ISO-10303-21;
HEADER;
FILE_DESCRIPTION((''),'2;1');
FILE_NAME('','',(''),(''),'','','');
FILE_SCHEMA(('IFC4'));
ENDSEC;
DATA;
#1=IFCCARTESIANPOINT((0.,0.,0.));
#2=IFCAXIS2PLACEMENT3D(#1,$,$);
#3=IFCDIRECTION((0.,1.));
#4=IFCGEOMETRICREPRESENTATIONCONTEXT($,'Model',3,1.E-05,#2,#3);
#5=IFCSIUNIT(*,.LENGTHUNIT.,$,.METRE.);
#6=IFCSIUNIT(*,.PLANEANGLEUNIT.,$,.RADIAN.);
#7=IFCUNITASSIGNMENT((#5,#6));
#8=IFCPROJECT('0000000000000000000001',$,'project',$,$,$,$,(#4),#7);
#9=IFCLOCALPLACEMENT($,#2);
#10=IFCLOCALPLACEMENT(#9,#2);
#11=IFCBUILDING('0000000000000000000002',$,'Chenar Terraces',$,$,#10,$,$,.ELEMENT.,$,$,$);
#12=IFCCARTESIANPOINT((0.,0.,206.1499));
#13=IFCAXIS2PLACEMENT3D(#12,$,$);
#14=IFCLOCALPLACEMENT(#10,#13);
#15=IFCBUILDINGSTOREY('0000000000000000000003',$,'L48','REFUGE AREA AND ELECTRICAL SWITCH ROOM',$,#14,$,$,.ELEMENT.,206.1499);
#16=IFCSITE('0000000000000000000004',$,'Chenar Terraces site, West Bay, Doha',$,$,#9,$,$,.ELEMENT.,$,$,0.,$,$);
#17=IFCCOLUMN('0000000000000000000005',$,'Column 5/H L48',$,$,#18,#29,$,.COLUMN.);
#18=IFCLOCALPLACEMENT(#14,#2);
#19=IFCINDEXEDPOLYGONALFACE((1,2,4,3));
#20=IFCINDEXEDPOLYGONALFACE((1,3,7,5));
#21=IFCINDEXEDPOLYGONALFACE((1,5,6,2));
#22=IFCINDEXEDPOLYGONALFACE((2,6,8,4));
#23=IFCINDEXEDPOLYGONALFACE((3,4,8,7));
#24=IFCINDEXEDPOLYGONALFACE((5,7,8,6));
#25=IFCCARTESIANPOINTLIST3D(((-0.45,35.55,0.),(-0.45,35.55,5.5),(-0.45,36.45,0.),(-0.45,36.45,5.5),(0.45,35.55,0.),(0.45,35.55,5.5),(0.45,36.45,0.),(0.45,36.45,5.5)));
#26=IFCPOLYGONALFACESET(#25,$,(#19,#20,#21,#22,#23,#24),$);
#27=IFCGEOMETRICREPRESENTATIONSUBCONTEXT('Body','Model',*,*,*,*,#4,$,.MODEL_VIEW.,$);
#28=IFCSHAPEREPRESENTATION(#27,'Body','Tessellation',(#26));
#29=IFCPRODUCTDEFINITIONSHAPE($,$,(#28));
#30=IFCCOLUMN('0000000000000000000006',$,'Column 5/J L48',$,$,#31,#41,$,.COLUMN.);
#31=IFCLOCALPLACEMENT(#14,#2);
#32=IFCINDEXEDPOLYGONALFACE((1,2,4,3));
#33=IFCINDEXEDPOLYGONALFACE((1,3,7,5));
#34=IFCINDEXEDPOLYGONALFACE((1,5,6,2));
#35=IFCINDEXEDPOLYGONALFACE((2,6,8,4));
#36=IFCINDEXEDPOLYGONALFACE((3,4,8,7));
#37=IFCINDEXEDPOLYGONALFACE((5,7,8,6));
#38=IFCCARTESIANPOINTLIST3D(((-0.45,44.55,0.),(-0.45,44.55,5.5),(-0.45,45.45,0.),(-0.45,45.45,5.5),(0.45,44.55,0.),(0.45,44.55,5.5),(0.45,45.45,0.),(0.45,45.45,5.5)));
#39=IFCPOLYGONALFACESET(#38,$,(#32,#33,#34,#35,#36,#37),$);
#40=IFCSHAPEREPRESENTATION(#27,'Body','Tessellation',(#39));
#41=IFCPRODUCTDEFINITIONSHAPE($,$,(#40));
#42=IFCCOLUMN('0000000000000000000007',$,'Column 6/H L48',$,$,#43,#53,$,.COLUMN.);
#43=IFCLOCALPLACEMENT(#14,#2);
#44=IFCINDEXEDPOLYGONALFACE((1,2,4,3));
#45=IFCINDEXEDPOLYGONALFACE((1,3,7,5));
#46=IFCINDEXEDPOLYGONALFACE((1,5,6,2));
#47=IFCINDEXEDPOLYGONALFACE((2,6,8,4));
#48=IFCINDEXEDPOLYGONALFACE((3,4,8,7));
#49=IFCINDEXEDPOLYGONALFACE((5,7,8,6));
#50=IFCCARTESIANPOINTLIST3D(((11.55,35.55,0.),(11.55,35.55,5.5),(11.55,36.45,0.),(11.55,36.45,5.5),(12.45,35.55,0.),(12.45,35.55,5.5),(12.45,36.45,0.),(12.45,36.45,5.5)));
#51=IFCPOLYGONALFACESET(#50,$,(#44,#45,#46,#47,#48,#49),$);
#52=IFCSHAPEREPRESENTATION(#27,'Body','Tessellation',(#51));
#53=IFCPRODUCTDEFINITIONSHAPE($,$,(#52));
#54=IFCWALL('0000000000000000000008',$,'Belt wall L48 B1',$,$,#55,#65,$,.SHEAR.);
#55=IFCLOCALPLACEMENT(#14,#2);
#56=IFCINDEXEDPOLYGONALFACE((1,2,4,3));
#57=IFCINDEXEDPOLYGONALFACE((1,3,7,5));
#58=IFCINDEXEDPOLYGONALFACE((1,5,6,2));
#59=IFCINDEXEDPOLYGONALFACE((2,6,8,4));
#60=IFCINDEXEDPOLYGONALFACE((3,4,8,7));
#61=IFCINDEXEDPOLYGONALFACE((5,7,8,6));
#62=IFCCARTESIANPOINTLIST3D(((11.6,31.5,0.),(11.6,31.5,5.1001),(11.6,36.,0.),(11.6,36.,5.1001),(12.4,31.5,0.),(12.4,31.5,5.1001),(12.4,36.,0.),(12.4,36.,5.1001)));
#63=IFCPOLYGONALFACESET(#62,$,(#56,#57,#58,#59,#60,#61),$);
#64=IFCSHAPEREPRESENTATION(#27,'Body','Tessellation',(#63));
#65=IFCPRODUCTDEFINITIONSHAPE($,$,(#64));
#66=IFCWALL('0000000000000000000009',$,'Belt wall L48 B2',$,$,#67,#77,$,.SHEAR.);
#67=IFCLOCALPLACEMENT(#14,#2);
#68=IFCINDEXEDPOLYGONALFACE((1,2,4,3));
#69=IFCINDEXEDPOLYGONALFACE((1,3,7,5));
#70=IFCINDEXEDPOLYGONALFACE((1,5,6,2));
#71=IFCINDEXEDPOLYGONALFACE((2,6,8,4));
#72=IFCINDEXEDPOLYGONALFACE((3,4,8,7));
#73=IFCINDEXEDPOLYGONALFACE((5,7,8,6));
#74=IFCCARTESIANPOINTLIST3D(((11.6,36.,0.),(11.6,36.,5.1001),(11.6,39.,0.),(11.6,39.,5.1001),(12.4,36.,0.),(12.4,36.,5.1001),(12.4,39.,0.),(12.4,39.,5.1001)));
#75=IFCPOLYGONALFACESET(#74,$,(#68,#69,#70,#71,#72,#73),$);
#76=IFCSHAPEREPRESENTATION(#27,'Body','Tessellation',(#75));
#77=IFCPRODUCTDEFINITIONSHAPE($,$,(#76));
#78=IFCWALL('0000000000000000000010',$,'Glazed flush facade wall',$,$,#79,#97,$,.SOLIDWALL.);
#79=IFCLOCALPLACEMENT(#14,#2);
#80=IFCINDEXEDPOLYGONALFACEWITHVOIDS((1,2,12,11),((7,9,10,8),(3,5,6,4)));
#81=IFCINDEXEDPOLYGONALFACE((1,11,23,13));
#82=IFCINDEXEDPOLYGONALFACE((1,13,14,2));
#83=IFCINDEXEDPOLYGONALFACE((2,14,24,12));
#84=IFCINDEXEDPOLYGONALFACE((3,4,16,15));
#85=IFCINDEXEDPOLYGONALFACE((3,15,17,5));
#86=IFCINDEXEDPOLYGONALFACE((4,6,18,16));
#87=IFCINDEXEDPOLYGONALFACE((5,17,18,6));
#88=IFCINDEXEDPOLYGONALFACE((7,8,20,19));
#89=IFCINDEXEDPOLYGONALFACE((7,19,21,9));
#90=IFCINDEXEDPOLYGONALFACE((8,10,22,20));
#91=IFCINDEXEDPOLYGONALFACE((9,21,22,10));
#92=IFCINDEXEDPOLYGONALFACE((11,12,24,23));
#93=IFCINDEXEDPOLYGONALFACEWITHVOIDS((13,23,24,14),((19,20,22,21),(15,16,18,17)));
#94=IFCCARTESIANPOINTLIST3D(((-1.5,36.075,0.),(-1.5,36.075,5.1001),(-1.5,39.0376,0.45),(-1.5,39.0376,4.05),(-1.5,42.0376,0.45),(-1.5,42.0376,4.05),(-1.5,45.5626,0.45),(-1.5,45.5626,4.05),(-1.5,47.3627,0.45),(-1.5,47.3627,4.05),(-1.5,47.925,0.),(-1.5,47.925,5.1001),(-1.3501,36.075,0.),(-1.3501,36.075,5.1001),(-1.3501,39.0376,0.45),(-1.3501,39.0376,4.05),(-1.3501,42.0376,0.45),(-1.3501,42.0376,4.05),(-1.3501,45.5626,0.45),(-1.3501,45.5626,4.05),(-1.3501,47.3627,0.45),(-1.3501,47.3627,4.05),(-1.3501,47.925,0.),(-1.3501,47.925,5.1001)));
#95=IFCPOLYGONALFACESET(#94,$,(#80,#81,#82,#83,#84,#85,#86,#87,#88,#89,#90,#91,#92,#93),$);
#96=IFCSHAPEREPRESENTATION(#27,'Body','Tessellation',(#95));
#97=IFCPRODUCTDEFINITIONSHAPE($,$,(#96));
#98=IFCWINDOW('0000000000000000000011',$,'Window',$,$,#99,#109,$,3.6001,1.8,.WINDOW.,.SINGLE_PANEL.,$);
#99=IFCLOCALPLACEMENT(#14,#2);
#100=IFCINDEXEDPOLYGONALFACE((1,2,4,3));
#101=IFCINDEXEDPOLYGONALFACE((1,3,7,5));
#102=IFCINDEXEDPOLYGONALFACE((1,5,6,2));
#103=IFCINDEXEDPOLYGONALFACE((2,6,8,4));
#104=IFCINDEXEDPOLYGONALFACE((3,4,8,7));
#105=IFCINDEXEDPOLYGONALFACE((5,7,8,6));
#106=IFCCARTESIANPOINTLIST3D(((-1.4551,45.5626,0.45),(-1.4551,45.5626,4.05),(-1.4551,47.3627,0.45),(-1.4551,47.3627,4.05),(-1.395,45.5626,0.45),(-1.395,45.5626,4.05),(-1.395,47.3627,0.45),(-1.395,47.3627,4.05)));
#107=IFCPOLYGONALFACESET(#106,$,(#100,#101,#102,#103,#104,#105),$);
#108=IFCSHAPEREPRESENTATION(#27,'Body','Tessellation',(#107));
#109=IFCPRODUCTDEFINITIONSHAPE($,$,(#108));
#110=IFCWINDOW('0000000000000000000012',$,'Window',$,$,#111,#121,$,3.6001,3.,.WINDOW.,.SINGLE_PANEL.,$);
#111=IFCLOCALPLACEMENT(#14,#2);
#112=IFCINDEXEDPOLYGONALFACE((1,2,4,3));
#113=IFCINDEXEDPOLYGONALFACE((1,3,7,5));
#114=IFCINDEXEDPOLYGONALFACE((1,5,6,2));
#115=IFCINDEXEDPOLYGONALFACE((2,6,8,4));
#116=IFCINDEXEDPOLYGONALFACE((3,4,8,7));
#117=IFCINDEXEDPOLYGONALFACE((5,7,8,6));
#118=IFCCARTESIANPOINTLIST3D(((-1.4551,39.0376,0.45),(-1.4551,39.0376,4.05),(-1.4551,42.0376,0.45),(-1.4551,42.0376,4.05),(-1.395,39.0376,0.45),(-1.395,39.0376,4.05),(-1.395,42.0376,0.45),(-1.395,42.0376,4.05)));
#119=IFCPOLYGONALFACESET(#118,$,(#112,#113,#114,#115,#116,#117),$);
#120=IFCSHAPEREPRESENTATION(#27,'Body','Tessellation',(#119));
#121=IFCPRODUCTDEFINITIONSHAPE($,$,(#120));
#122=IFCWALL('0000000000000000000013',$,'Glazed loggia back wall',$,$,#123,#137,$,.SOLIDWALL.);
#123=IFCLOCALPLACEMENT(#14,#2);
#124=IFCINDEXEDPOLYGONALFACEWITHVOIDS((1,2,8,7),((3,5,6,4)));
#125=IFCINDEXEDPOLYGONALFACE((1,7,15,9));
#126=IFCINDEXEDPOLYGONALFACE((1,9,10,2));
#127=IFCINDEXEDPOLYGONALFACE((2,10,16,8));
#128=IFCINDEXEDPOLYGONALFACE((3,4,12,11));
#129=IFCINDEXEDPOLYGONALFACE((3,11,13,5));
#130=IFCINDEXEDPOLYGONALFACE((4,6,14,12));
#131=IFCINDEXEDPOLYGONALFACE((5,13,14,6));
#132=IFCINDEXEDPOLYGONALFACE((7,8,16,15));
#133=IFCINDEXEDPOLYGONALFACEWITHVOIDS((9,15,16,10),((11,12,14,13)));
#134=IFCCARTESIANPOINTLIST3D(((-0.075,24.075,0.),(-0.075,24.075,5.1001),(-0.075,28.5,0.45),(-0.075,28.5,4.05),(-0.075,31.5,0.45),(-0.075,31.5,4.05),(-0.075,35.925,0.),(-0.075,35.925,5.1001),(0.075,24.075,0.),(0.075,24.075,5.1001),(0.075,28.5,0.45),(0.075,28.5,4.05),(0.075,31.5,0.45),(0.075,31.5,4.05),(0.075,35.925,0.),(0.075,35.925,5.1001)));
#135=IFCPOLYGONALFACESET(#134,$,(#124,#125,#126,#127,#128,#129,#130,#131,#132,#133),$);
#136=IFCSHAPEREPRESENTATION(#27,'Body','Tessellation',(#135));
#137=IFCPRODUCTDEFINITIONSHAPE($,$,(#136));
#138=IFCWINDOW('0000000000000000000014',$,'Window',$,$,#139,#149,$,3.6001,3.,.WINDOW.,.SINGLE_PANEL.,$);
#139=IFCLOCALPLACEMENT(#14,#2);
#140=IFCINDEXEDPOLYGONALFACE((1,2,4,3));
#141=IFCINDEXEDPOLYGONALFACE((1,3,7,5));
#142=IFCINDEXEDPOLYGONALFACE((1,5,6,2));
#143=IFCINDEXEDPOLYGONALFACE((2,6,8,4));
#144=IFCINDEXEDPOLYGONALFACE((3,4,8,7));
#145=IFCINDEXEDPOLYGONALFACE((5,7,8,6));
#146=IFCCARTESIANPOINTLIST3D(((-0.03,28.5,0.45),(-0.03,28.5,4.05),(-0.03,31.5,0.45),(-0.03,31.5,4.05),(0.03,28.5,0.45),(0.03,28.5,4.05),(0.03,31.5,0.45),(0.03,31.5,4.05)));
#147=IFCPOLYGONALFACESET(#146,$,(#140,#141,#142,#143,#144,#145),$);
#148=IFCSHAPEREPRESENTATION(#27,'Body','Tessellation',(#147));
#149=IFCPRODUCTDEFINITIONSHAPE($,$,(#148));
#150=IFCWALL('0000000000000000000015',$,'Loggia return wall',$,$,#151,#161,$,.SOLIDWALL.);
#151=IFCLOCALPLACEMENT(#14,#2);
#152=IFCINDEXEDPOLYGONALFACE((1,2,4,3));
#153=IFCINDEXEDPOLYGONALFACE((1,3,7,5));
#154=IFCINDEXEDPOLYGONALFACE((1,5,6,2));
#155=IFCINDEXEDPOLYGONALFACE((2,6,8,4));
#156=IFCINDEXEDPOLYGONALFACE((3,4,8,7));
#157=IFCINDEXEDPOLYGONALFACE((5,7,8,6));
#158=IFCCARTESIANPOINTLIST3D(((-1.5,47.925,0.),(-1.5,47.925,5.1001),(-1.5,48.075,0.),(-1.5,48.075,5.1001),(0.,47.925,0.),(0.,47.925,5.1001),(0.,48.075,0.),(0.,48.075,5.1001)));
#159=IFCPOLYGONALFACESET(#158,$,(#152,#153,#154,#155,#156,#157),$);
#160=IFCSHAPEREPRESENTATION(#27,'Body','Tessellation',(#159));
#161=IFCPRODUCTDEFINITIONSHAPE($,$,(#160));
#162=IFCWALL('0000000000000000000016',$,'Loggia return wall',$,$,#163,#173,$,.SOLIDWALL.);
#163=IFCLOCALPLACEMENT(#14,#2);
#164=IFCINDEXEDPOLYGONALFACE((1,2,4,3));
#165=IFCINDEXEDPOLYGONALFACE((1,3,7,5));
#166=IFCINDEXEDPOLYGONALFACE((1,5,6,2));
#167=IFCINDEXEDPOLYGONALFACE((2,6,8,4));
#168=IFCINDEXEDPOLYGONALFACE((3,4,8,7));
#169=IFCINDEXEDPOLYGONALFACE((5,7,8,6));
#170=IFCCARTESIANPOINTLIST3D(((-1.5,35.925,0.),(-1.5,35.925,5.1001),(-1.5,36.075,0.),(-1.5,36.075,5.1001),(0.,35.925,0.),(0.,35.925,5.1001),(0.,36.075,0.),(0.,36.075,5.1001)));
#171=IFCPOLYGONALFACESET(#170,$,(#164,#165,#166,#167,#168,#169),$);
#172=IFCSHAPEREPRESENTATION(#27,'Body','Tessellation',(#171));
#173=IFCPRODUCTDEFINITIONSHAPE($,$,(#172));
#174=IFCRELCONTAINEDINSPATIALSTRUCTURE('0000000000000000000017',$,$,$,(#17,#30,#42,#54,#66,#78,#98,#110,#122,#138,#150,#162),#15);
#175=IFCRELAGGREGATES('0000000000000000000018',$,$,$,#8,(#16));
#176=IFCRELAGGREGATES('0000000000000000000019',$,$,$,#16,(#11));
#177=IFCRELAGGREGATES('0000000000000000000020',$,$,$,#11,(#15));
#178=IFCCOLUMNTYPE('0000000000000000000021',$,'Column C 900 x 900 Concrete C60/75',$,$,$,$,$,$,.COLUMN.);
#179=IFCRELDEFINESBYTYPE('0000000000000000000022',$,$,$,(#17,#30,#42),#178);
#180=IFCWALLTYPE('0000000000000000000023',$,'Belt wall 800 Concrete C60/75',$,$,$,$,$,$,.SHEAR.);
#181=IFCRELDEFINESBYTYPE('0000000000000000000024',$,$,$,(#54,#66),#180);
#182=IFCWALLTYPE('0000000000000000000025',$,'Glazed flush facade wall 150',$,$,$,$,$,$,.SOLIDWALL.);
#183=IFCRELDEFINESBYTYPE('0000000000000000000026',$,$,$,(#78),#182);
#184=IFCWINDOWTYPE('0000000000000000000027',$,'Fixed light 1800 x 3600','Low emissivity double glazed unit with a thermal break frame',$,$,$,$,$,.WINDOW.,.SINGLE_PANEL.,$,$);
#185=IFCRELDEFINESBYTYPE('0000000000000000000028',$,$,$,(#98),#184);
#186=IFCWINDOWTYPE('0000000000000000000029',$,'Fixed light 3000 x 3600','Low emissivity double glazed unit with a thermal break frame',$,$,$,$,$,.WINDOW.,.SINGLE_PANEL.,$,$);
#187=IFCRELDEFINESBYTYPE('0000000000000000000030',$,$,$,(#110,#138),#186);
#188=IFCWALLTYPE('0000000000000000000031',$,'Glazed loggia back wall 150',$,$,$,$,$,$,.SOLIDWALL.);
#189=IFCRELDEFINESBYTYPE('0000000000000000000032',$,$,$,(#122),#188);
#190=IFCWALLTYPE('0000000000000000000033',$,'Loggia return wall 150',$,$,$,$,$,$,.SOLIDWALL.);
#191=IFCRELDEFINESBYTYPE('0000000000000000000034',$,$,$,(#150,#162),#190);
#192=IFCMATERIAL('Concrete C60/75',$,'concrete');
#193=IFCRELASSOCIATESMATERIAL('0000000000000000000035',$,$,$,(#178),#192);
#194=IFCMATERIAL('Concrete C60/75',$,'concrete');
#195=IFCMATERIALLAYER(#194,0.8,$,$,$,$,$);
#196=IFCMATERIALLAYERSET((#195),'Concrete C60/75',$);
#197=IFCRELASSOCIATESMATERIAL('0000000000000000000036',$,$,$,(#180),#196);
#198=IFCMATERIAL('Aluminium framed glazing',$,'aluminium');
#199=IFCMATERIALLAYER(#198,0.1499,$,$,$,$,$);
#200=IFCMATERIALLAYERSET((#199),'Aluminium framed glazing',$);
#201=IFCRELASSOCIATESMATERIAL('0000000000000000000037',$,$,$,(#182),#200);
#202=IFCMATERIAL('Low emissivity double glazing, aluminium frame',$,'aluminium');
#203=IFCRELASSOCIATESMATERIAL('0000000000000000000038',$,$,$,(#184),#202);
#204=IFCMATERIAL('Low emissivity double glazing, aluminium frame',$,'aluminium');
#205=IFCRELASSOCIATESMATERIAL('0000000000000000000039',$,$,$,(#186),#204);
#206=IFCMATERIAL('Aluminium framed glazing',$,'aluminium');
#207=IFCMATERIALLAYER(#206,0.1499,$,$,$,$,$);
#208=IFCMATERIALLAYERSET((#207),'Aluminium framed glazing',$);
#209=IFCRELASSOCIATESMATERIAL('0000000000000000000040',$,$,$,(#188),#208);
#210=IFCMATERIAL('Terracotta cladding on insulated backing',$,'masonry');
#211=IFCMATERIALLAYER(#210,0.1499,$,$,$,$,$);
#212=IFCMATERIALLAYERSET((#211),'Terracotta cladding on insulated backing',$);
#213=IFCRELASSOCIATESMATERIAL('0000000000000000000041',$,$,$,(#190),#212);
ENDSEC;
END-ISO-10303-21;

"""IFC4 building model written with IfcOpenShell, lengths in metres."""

from ifc_helpers import new_model, si_unit, direction, frame, frame_2d, origin, origin_2d, place, context, subcontext, project, spatial, rectangle, extrude, material, layer, layer_set, material_profile, profile_set, type_object, element, fill, save


model = new_model("IFC4")

# Units and contexts
model_context = context("Model", 3, precision=1e-05, world=origin(), true_north=direction((0.0, 1.0)))
body_context = subcontext(model_context, "Body", "Model", "MODEL_VIEW")
ifc_project = project(units=[si_unit("LENGTHUNIT", "METRE"), si_unit("PLANEANGLEUNIT", "RADIAN")], contexts=[model_context])

# Site, building, storey
site_placement = place(None, origin())
site = spatial("IfcSite", under=ifc_project, at=site_placement, Name="Chenar Terraces site, West Bay, Doha", CompositionType="ELEMENT", RefElevation=0.0)
building_placement = place(site_placement, origin())
building = spatial("IfcBuilding", under=site, at=building_placement, Name="Chenar Terraces", CompositionType="ELEMENT")
storey_placement = place(building_placement, frame((0.0, 0.0, 206.1499)))
storey = spatial("IfcBuildingStorey", under=building, at=storey_placement, Name="L48", Description="REFUGE AREA AND ELECTRICAL SWITCH ROOM", CompositionType="ELEMENT", Elevation=206.1499)

# Columns
ifc_material_1 = material(Name="Concrete C60/75", Category="concrete")
ifc_material_profile_1 = material_profile(ifc_material_1, rectangle(XDim=0.8999, YDim=0.8999, at=origin_2d()), Name="C 900 x 900")
ifc_profile_set_1 = profile_set([ifc_material_profile_1], Name="Concrete C60/75")
column_type = type_object("IfcColumnType", Name="Column C 900 x 900 Concrete C60/75", PredefinedType="COLUMN", material=ifc_profile_set_1)
placement_1 = place(storey_placement, frame((0.0, 36.0, 0.0), z_axis=(0.0, 0.0, 1.0), x_axis=(1.0, 0.0, 0.0)))
element("IfcColumn", 1, at=placement_1, inside=storey, type_object=column_type, Name="Column 5/H L48", PredefinedType="COLUMN", context=body_context, shape_type="SweptSolid", body=[
    extrude(rectangle(XDim=0.8999, YDim=0.8999, at=origin_2d()), origin(), (0.0, 0.0, 1.0), 5.5),
])
placement_2 = place(storey_placement, frame((0.0, 45.0, 0.0), z_axis=(0.0, 0.0, 1.0), x_axis=(1.0, 0.0, 0.0)))
element("IfcColumn", 2, at=placement_2, inside=storey, type_object=column_type, Name="Column 5/J L48", PredefinedType="COLUMN", context=body_context, shape_type="SweptSolid", body=[
    extrude(rectangle(XDim=0.8999, YDim=0.8999, at=origin_2d()), origin(), (0.0, 0.0, 1.0), 5.5),
])
column_1_placement = place(storey_placement, frame((12.0, 36.0, 0.0), z_axis=(0.0, 0.0, 1.0), x_axis=(1.0, 0.0, 0.0)))
element("IfcColumn", 3, at=column_1_placement, inside=storey, type_object=column_type, Name="Column 6/H L48", PredefinedType="COLUMN", context=body_context, shape_type="SweptSolid", body=[
    extrude(rectangle(XDim=0.8999, YDim=0.8999, at=origin_2d()), origin(), (0.0, 0.0, 1.0), 5.5),
])

# Walls
ifc_material_2 = material(Name="Concrete C60/75", Category="concrete")
ifc_layer_1 = layer(ifc_material_2, 0.8)
ifc_layer_set_1 = layer_set([ifc_layer_1], Name="Concrete C60/75")
wall_type_1 = type_object("IfcWallType", Name="Belt wall 800 Concrete C60/75", PredefinedType="SHEAR", material=ifc_layer_set_1)
wall_1_placement = place(storey_placement, frame((12.0, 31.5, 0.0), z_axis=(0.0, 0.0, 1.0), x_axis=(0.0, 1.0, 0.0)))
element("IfcWall", 4, at=wall_1_placement, inside=storey, type_object=wall_type_1, Name="Belt wall L48 B1", PredefinedType="SHEAR", context=body_context, shape_type="SweptSolid", body=[
    extrude(rectangle(XDim=4.5, YDim=0.8, at=frame_2d((2.25, 0.0))), origin(), (0.0, 0.0, 1.0), 5.1001),
])
wall_2_placement = place(storey_placement, frame((12.0, 36.0, 0.0), z_axis=(0.0, 0.0, 1.0), x_axis=(0.0, 1.0, 0.0)))
element("IfcWall", 5, at=wall_2_placement, inside=storey, type_object=wall_type_1, Name="Belt wall L48 B2", PredefinedType="SHEAR", context=body_context, shape_type="SweptSolid", body=[
    extrude(rectangle(XDim=3.0, YDim=0.8, at=frame_2d((1.5, 0.0))), origin(), (0.0, 0.0, 1.0), 5.1001),
])

# Wall, openings, windows
ifc_material_3 = material(Name="Aluminium framed glazing", Category="aluminium")
ifc_layer_2 = layer(ifc_material_3, 0.1499)
ifc_layer_set_2 = layer_set([ifc_layer_2], Name="Aluminium framed glazing")
wall_type_2 = type_object("IfcWallType", Name="Glazed flush facade wall 150", PredefinedType="SOLIDWALL", material=ifc_layer_set_2)
wall_3_placement = place(storey_placement, frame((-1.425, 47.925, 0.0), z_axis=(0.0, 0.0, 1.0), x_axis=(0.0, -1.0, 0.0)))
wall_3 = element("IfcWall", 6, at=wall_3_placement, inside=storey, type_object=wall_type_2, Name="Glazed flush facade wall", PredefinedType="SOLIDWALL", context=body_context, shape_type="SweptSolid", body=[
    extrude(rectangle(XDim=11.8501, YDim=0.1499, at=frame_2d((5.925, 0.0))), origin(), (0.0, 0.0, 1.0), 5.1001),
])
opening_1_placement = place(wall_3_placement, frame((0.5625, 0.0, 0.45)))
opening_1 = element("IfcOpeningElement", 7, at=opening_1_placement, cuts=wall_3, PredefinedType="OPENING", context=body_context, shape_type="SweptSolid", body=[
    extrude(rectangle(XDim=1.8, YDim=3.6001, at=frame_2d((0.8999, 1.8))), frame((0.0, 0.085, 0.0), z_axis=(0.0, -1.0, 0.0), x_axis=(1.0, 0.0, 0.0)), (0.0, 0.0, 1.0), 0.1699),
])
opening_2_placement = place(wall_3_placement, frame((5.8875, 0.0, 0.45)))
opening_2 = element("IfcOpeningElement", 8, at=opening_2_placement, cuts=wall_3, PredefinedType="OPENING", context=body_context, shape_type="SweptSolid", body=[
    extrude(rectangle(XDim=3.0, YDim=3.6001, at=frame_2d((1.5, 1.8))), frame((0.0, 0.085, 0.0), z_axis=(0.0, -1.0, 0.0), x_axis=(1.0, 0.0, 0.0)), (0.0, 0.0, 1.0), 0.1699),
])
ifc_material_4 = material(Name="Low emissivity double glazing, aluminium frame", Category="aluminium")
window_type_1 = type_object("IfcWindowType", Name="Fixed light 1800 x 3600", Description="Low emissivity double glazed unit with a thermal break frame", PartitioningType="SINGLE_PANEL", PredefinedType="WINDOW", material=ifc_material_4)
window_1_placement = place(opening_1_placement, origin())
window_1 = element("IfcWindow", 9, at=window_1_placement, inside=storey, type_object=window_type_1, Name="Window", OverallHeight=3.6001, OverallWidth=1.8, PartitioningType="SINGLE_PANEL", PredefinedType="WINDOW", context=body_context, shape_type="SweptSolid", body=[
    extrude(rectangle(XDim=1.8, YDim=3.6001, at=frame_2d((0.8999, 1.8))), frame((0.0, 0.03, 0.0), z_axis=(0.0, -1.0, 0.0), x_axis=(1.0, 0.0, 0.0)), (0.0, 0.0, 1.0), 0.0601),
])
fill(opening_1, window_1)
ifc_material_5 = material(Name="Low emissivity double glazing, aluminium frame", Category="aluminium")
window_type_2 = type_object("IfcWindowType", Name="Fixed light 3000 x 3600", Description="Low emissivity double glazed unit with a thermal break frame", PartitioningType="SINGLE_PANEL", PredefinedType="WINDOW", material=ifc_material_5)
window_2_placement = place(opening_2_placement, origin())
window_2 = element("IfcWindow", 10, at=window_2_placement, inside=storey, type_object=window_type_2, Name="Window", OverallHeight=3.6001, OverallWidth=3.0, PartitioningType="SINGLE_PANEL", PredefinedType="WINDOW", context=body_context, shape_type="SweptSolid", body=[
    extrude(rectangle(XDim=3.0, YDim=3.6001, at=frame_2d((1.5, 1.8))), frame((0.0, 0.03, 0.0), z_axis=(0.0, -1.0, 0.0), x_axis=(1.0, 0.0, 0.0)), (0.0, 0.0, 1.0), 0.0601),
])
fill(opening_2, window_2)

# Wall, opening, window
ifc_material_6 = material(Name="Aluminium framed glazing", Category="aluminium")
ifc_layer_3 = layer(ifc_material_6, 0.1499)
ifc_layer_set_3 = layer_set([ifc_layer_3], Name="Aluminium framed glazing")
wall_type_3 = type_object("IfcWallType", Name="Glazed loggia back wall 150", PredefinedType="SOLIDWALL", material=ifc_layer_set_3)
wall_4_placement = place(storey_placement, frame((0.0, 35.925, 0.0), z_axis=(0.0, 0.0, 1.0), x_axis=(0.0, -1.0, 0.0)))
wall_4 = element("IfcWall", 11, at=wall_4_placement, inside=storey, type_object=wall_type_3, Name="Glazed loggia back wall", PredefinedType="SOLIDWALL", context=body_context, shape_type="SweptSolid", body=[
    extrude(rectangle(XDim=11.8501, YDim=0.1499, at=frame_2d((5.925, 0.0))), origin(), (0.0, 0.0, 1.0), 5.1001),
])
opening_3_placement = place(wall_4_placement, frame((4.425, 0.0, 0.45)))
opening_3 = element("IfcOpeningElement", 12, at=opening_3_placement, cuts=wall_4, PredefinedType="OPENING", context=body_context, shape_type="SweptSolid", body=[
    extrude(rectangle(XDim=3.0, YDim=3.6001, at=frame_2d((1.5, 1.8))), frame((0.0, 0.085, 0.0), z_axis=(0.0, -1.0, 0.0), x_axis=(1.0, 0.0, 0.0)), (0.0, 0.0, 1.0), 0.1699),
])
window_3_placement = place(opening_3_placement, origin())
window_3 = element("IfcWindow", 13, at=window_3_placement, inside=storey, type_object=window_type_2, Name="Window", OverallHeight=3.6001, OverallWidth=3.0, PartitioningType="SINGLE_PANEL", PredefinedType="WINDOW", context=body_context, shape_type="SweptSolid", body=[
    extrude(rectangle(XDim=3.0, YDim=3.6001, at=frame_2d((1.5, 1.8))), frame((0.0, 0.03, 0.0), z_axis=(0.0, -1.0, 0.0), x_axis=(1.0, 0.0, 0.0)), (0.0, 0.0, 1.0), 0.0601),
])
fill(opening_3, window_3)

# Walls
ifc_material_7 = material(Name="Terracotta cladding on insulated backing", Category="masonry")
ifc_layer_4 = layer(ifc_material_7, 0.1499)
ifc_layer_set_4 = layer_set([ifc_layer_4], Name="Terracotta cladding on insulated backing")
wall_type_4 = type_object("IfcWallType", Name="Loggia return wall 150", PredefinedType="SOLIDWALL", material=ifc_layer_set_4)
for number, where, z_axis, x_axis, name in (
    (14, (-1.5, 48.0, 0.0), (0.0, 0.0, 1.0), (1.0, 0.0, 0.0), "Loggia return wall"),
    (15, (-1.5, 36.0, 0.0), (0.0, 0.0, 1.0), (1.0, 0.0, 0.0), "Loggia return wall"),
):
    element("IfcWall", number, at=place(storey_placement, frame(where, z_axis=z_axis, x_axis=x_axis)), inside=storey, type_object=wall_type_4, Name=name, PredefinedType="SOLIDWALL", context=body_context, shape_type="SweptSolid", body=[
        extrude(rectangle(XDim=1.5, YDim=0.1499, at=frame_2d((0.75, 0.0))), origin(), (0.0, 0.0, 1.0), 5.1001),
    ])

save(model, "model.ifc")
